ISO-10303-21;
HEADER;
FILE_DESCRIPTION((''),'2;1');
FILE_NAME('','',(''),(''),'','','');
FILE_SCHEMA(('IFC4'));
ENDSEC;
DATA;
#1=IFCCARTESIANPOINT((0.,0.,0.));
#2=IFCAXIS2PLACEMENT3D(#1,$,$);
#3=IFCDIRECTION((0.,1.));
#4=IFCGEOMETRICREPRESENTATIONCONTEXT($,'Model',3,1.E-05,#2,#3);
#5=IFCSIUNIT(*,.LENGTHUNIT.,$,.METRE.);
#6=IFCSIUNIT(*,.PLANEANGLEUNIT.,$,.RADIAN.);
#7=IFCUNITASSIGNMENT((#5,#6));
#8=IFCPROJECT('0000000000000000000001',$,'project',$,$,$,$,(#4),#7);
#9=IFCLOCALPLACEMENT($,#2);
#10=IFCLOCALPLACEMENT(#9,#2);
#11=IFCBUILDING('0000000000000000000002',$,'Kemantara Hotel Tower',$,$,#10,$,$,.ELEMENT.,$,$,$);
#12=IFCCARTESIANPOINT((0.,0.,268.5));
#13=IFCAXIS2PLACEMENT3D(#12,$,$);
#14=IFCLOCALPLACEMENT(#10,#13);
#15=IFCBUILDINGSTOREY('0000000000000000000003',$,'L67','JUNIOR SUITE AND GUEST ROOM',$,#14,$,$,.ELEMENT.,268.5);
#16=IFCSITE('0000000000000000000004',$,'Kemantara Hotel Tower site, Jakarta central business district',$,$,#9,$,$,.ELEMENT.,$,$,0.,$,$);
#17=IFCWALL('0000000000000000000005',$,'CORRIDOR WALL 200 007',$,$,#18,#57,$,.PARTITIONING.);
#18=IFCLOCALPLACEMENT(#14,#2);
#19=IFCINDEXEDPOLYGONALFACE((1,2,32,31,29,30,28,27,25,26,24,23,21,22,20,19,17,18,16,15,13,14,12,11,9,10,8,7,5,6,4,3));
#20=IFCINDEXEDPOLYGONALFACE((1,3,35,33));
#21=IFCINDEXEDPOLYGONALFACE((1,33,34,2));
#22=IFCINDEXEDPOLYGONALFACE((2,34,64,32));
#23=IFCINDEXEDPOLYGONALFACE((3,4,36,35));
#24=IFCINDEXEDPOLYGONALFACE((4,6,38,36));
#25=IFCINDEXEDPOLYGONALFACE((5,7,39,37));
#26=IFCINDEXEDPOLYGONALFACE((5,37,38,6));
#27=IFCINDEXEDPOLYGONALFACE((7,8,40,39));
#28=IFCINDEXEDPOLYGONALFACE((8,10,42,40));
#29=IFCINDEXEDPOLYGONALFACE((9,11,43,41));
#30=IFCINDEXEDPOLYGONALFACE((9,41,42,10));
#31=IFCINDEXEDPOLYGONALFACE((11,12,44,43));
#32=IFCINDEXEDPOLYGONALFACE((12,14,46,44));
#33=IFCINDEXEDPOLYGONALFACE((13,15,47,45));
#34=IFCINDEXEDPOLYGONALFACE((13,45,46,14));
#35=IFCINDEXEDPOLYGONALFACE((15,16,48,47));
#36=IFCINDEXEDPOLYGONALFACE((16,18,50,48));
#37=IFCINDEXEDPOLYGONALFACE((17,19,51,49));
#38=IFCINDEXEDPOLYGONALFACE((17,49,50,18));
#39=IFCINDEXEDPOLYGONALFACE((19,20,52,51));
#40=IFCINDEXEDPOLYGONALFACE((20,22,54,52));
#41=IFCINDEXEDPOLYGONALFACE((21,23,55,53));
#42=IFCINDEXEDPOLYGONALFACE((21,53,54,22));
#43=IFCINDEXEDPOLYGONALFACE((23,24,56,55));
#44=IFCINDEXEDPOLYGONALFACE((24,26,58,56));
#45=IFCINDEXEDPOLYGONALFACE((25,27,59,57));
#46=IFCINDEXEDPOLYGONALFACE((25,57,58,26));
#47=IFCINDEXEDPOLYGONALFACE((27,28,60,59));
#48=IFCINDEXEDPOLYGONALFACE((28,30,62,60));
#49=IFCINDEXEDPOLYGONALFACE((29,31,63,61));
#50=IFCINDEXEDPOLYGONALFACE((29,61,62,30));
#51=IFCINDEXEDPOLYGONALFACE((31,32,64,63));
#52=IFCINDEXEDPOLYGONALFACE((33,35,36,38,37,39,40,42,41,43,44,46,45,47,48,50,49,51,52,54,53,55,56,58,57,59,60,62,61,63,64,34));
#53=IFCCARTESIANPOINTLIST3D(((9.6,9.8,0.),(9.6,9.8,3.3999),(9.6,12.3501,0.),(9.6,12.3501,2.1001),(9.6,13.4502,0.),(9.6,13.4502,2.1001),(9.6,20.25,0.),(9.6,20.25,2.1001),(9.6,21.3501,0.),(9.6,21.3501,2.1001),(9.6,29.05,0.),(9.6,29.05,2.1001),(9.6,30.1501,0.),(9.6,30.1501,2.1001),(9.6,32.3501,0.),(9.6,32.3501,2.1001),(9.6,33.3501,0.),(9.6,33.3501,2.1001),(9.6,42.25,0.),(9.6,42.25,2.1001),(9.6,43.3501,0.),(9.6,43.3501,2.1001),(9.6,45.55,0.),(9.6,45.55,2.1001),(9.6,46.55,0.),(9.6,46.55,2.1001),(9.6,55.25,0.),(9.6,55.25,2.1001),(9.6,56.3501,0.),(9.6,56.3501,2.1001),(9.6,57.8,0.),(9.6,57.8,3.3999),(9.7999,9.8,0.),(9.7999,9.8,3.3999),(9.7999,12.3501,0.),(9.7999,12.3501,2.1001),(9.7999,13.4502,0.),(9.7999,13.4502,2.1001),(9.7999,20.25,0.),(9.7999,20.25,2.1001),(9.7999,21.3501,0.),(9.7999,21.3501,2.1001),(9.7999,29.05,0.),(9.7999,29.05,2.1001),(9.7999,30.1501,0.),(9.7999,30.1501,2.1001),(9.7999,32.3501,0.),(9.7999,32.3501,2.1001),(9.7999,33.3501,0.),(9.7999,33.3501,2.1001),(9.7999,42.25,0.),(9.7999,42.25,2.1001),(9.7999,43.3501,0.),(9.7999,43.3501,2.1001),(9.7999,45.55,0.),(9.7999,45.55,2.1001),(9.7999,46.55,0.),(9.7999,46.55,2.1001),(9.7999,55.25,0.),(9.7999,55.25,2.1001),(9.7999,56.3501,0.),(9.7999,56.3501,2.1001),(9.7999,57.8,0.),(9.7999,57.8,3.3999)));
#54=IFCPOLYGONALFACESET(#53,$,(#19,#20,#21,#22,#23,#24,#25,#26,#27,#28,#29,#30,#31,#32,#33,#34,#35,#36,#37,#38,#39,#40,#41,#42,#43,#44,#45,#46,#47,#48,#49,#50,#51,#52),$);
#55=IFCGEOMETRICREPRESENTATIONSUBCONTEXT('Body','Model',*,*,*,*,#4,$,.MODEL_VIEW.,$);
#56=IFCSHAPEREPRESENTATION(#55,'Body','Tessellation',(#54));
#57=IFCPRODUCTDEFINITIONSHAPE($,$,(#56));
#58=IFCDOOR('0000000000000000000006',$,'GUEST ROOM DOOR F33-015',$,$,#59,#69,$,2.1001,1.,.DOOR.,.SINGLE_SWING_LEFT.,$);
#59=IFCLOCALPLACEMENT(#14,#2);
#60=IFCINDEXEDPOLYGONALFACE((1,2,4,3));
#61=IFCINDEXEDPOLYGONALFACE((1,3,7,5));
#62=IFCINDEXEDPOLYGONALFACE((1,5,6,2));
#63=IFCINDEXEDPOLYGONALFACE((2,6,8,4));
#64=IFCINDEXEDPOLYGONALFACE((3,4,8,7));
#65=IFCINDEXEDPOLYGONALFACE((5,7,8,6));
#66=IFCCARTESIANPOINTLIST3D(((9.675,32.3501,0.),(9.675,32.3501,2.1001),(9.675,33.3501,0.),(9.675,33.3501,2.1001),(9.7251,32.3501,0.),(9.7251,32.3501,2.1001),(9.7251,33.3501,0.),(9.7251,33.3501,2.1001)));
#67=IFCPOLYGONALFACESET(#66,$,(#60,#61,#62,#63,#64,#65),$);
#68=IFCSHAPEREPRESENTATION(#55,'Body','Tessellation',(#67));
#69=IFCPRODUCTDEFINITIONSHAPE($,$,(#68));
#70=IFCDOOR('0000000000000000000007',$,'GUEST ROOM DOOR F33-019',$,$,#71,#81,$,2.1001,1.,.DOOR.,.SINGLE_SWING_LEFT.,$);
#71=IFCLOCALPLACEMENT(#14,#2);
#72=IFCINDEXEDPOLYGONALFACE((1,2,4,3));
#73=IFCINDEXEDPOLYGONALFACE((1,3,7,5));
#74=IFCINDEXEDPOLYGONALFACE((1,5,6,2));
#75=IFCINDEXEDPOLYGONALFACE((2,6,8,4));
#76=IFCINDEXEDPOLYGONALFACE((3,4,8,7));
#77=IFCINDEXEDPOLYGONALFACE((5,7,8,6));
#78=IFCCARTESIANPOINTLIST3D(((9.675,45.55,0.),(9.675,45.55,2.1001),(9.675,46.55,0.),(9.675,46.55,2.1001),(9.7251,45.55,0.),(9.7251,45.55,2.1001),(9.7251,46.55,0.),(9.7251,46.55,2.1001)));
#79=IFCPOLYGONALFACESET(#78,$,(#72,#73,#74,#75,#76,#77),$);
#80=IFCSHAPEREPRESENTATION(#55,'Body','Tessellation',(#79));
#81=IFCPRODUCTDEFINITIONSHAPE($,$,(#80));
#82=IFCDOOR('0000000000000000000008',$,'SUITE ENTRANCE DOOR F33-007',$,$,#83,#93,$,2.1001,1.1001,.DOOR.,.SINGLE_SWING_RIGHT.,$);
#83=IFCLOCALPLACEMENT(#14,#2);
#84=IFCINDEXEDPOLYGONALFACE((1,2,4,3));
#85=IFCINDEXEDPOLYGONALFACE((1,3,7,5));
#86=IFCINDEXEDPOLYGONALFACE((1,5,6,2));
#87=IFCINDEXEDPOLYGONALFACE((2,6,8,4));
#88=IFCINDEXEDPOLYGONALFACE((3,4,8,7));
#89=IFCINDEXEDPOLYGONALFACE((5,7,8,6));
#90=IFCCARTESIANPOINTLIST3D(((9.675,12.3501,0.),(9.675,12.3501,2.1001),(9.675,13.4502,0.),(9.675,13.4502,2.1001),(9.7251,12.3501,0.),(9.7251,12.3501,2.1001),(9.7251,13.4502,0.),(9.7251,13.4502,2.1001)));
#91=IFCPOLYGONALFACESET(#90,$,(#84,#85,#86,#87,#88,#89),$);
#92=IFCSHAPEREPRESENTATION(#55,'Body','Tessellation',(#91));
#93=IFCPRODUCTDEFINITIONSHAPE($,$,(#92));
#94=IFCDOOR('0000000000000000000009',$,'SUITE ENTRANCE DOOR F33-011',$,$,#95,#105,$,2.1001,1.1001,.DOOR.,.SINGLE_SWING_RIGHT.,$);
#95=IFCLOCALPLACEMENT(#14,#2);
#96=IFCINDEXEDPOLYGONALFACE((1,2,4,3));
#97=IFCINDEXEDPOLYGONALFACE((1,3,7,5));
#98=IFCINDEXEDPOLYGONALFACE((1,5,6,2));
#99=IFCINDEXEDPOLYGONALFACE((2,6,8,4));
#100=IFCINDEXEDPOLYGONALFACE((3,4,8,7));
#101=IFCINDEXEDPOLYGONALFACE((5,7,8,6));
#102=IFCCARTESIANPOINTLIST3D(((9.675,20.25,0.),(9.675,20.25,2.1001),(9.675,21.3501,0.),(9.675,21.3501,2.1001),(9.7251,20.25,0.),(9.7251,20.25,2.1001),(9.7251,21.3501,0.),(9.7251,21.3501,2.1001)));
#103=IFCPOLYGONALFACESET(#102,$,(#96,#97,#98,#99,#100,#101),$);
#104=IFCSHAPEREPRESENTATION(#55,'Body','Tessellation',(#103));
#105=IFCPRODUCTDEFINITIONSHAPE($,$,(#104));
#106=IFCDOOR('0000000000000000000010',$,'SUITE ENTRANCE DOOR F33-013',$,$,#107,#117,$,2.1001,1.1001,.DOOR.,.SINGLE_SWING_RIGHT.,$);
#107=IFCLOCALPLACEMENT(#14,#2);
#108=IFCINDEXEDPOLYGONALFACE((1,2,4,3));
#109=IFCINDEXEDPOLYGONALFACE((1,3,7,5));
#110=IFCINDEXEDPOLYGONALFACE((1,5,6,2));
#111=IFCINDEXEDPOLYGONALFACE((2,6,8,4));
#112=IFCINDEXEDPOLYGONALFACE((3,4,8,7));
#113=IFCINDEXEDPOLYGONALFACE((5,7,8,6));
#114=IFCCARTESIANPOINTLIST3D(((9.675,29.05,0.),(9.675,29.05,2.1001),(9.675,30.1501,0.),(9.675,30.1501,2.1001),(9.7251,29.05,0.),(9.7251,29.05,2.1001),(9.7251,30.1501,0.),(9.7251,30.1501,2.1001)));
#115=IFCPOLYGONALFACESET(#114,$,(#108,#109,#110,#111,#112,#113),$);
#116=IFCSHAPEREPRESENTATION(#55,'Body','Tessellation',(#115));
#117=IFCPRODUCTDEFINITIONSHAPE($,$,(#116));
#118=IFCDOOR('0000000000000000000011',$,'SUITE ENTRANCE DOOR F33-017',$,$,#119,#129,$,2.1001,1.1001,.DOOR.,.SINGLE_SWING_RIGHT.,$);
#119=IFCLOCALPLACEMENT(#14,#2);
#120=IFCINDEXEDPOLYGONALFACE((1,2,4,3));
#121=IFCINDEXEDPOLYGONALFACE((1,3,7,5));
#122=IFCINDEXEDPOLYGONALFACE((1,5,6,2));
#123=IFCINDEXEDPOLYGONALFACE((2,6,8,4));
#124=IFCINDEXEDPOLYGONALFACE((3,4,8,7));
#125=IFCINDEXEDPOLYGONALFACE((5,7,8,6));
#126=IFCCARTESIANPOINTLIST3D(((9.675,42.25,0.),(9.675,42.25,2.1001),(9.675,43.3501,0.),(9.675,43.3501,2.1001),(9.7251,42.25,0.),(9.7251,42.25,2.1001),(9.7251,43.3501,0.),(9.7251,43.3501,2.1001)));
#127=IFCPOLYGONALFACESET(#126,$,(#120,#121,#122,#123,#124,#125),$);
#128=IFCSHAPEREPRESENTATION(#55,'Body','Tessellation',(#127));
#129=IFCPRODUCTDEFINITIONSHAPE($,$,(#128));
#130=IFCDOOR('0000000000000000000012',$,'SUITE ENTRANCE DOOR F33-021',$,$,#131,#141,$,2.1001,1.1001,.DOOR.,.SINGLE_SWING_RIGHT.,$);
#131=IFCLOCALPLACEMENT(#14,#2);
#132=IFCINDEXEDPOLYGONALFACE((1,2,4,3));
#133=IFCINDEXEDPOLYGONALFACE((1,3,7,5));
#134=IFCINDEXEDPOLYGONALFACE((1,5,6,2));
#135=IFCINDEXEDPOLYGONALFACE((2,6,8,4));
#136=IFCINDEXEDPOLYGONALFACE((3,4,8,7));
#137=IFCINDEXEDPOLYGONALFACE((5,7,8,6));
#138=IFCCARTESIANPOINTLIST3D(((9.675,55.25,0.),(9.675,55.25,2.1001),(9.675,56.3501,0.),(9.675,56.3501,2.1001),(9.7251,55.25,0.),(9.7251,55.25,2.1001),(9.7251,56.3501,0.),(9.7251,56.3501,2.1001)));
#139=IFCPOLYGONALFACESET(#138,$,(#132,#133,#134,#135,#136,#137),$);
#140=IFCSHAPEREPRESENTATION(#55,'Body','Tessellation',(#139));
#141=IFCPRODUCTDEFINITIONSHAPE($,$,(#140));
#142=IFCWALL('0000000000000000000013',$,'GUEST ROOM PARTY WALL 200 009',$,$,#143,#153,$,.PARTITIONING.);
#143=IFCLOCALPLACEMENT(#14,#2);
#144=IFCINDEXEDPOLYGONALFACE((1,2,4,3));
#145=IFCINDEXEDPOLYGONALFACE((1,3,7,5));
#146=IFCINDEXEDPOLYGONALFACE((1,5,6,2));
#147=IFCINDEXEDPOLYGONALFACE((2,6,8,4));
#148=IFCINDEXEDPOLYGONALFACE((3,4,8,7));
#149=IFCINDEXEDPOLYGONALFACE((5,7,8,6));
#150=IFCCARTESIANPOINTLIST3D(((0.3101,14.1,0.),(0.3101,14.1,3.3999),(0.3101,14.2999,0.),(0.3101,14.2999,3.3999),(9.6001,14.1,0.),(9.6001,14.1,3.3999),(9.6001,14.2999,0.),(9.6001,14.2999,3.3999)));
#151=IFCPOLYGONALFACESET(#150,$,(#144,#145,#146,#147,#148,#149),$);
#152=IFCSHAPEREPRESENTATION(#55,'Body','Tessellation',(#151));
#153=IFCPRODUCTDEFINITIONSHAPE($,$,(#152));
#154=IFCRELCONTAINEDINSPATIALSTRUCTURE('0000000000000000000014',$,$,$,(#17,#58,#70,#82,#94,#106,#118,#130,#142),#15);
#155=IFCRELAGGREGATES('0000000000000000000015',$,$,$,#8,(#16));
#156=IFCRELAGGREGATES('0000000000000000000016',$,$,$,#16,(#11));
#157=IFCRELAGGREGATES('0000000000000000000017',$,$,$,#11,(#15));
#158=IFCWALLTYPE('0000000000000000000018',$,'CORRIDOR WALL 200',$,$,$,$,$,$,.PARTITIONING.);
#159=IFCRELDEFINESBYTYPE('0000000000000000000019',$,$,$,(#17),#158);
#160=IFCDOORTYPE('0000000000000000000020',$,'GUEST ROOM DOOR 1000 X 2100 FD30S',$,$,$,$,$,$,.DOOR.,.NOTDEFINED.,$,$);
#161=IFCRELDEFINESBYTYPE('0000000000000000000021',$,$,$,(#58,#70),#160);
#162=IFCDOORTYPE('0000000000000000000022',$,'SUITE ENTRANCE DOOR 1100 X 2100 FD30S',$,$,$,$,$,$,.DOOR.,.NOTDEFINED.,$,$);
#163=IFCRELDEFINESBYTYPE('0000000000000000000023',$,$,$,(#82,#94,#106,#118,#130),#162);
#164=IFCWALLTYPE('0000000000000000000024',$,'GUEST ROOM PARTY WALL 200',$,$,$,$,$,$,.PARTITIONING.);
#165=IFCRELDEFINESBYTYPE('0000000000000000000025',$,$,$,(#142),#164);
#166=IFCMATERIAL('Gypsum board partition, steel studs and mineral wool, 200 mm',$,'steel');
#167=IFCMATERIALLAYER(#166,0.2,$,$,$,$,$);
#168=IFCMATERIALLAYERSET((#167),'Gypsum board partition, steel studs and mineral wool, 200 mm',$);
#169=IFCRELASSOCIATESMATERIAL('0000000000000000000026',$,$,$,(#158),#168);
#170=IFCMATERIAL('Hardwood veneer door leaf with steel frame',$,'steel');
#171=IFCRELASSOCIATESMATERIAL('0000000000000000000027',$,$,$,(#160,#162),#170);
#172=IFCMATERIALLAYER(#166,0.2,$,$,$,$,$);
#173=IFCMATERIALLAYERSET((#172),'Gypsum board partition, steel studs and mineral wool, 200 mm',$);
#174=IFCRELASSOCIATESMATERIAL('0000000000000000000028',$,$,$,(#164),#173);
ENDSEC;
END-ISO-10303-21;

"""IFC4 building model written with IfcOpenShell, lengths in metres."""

from ifc_helpers import new_model, si_unit, direction, frame, frame_2d, origin, place, context, subcontext, project, spatial, rectangle, extrude, material, layer, layer_set, type_object, element, fill, save


model = new_model("IFC4")

# Units and contexts
model_context = context("Model", 3, precision=1e-05, world=origin(), true_north=direction((0.0, 1.0)))
body_context = subcontext(model_context, "Body", "Model", "MODEL_VIEW")
ifc_project = project(units=[si_unit("LENGTHUNIT", "METRE"), si_unit("PLANEANGLEUNIT", "RADIAN")], contexts=[model_context])

# Site, building, storey
site_placement = place(None, origin())
site = spatial("IfcSite", under=ifc_project, at=site_placement, Name="Kemantara Hotel Tower site, Jakarta central business district", CompositionType="ELEMENT", RefElevation=0.0)
building_placement = place(site_placement, origin())
building = spatial("IfcBuilding", under=site, at=building_placement, Name="Kemantara Hotel Tower", CompositionType="ELEMENT")
storey_placement = place(building_placement, frame((0.0, 0.0, 268.5)))
storey = spatial("IfcBuildingStorey", under=building, at=storey_placement, Name="L67", Description="JUNIOR SUITE AND GUEST ROOM", CompositionType="ELEMENT", Elevation=268.5)

# Wall, openings, doors
ifc_material_1 = material(Name="Gypsum board partition, steel studs and mineral wool, 200 mm", Category="steel")
ifc_layer_1 = layer(ifc_material_1, 0.2)
ifc_layer_set_1 = layer_set([ifc_layer_1], Name="Gypsum board partition, steel studs and mineral wool, 200 mm")
wall_type_1 = type_object("IfcWallType", Name="CORRIDOR WALL 200", PredefinedType="PARTITIONING", material=ifc_layer_set_1)
wall_1_placement = place(storey_placement, frame((9.7, 9.8, 0.0), z_axis=(0.0, 0.0, 1.0), x_axis=(0.0, 1.0, 0.0)))
wall_1 = element("IfcWall", 1, at=wall_1_placement, inside=storey, type_object=wall_type_1, Name="CORRIDOR WALL 200 007", PredefinedType="PARTITIONING", context=body_context, shape_type="SweptSolid", body=[
    extrude(rectangle(XDim=48.0, YDim=0.2, at=frame_2d((24.0, 0.0))), origin(), (0.0, 0.0, 1.0), 3.3999),
])
opening_1_placement = place(wall_1_placement, frame((2.55, 0.0, 0.0)))
opening_1 = element("IfcOpeningElement", 2, at=opening_1_placement, cuts=wall_1, PredefinedType="OPENING", context=body_context, shape_type="SweptSolid", body=[
    extrude(rectangle(XDim=1.1001, YDim=2.1001, at=frame_2d((0.55, 1.05))), frame((0.0, 0.1099, 0.0), z_axis=(0.0, -1.0, 0.0), x_axis=(1.0, 0.0, 0.0)), (0.0, 0.0, 1.0), 0.22),
])
opening_2_placement = place(wall_1_placement, frame((10.45, 0.0, 0.0)))
opening_2 = element("IfcOpeningElement", 3, at=opening_2_placement, cuts=wall_1, PredefinedType="OPENING", context=body_context, shape_type="SweptSolid", body=[
    extrude(rectangle(XDim=1.1001, YDim=2.1001, at=frame_2d((0.55, 1.05))), frame((0.0, 0.1099, 0.0), z_axis=(0.0, -1.0, 0.0), x_axis=(1.0, 0.0, 0.0)), (0.0, 0.0, 1.0), 0.22),
])
opening_3_placement = place(wall_1_placement, frame((19.25, 0.0, 0.0)))
opening_3 = element("IfcOpeningElement", 4, at=opening_3_placement, cuts=wall_1, PredefinedType="OPENING", context=body_context, shape_type="SweptSolid", body=[
    extrude(rectangle(XDim=1.1001, YDim=2.1001, at=frame_2d((0.55, 1.05))), frame((0.0, 0.1099, 0.0), z_axis=(0.0, -1.0, 0.0), x_axis=(1.0, 0.0, 0.0)), (0.0, 0.0, 1.0), 0.22),
])
opening_4_placement = place(wall_1_placement, frame((22.55, 0.0, 0.0)))
opening_4 = element("IfcOpeningElement", 5, at=opening_4_placement, cuts=wall_1, PredefinedType="OPENING", context=body_context, shape_type="SweptSolid", body=[
    extrude(rectangle(XDim=1.0, YDim=2.1001, at=frame_2d((0.5, 1.05))), frame((0.0, 0.1099, 0.0), z_axis=(0.0, -1.0, 0.0), x_axis=(1.0, 0.0, 0.0)), (0.0, 0.0, 1.0), 0.22),
])
opening_5_placement = place(wall_1_placement, frame((32.45, 0.0, 0.0)))
opening_5 = element("IfcOpeningElement", 6, at=opening_5_placement, cuts=wall_1, PredefinedType="OPENING", context=body_context, shape_type="SweptSolid", body=[
    extrude(rectangle(XDim=1.1001, YDim=2.1001, at=frame_2d((0.55, 1.05))), frame((0.0, 0.1099, 0.0), z_axis=(0.0, -1.0, 0.0), x_axis=(1.0, 0.0, 0.0)), (0.0, 0.0, 1.0), 0.22),
])
opening_6_placement = place(wall_1_placement, frame((35.75, 0.0, 0.0)))
opening_6 = element("IfcOpeningElement", 7, at=opening_6_placement, cuts=wall_1, PredefinedType="OPENING", context=body_context, shape_type="SweptSolid", body=[
    extrude(rectangle(XDim=1.0, YDim=2.1001, at=frame_2d((0.5, 1.05))), frame((0.0, 0.1099, 0.0), z_axis=(0.0, -1.0, 0.0), x_axis=(1.0, 0.0, 0.0)), (0.0, 0.0, 1.0), 0.22),
])
opening_7_placement = place(wall_1_placement, frame((45.45, 0.0, 0.0)))
opening_7 = element("IfcOpeningElement", 8, at=opening_7_placement, cuts=wall_1, PredefinedType="OPENING", context=body_context, shape_type="SweptSolid", body=[
    extrude(rectangle(XDim=1.1001, YDim=2.1001, at=frame_2d((0.55, 1.05))), frame((0.0, 0.1099, 0.0), z_axis=(0.0, -1.0, 0.0), x_axis=(1.0, 0.0, 0.0)), (0.0, 0.0, 1.0), 0.22),
])
ifc_material_2 = material(Name="Hardwood veneer door leaf with steel frame", Category="steel")
door_type_1 = type_object("IfcDoorType", Name="GUEST ROOM DOOR 1000 X 2100 FD30S", OperationType="NOTDEFINED", PredefinedType="DOOR", material=ifc_material_2)
door_1_placement = place(opening_4_placement, origin())
door_1 = element("IfcDoor", 9, at=door_1_placement, inside=storey, type_object=door_type_1, Name="GUEST ROOM DOOR F33-015", OperationType="SINGLE_SWING_LEFT", OverallHeight=2.1001, OverallWidth=1.0, PredefinedType="DOOR", context=body_context, shape_type="SweptSolid", body=[
    extrude(rectangle(XDim=1.0, YDim=2.1001, at=frame_2d((0.5, 1.05))), frame((0.0, 0.0249, 0.0), z_axis=(0.0, -1.0, 0.0), x_axis=(1.0, 0.0, 0.0)), (0.0, 0.0, 1.0), 0.05),
])
fill(opening_4, door_1)
door_2_placement = place(opening_6_placement, origin())
door_2 = element("IfcDoor", 10, at=door_2_placement, inside=storey, type_object=door_type_1, Name="GUEST ROOM DOOR F33-019", OperationType="SINGLE_SWING_LEFT", OverallHeight=2.1001, OverallWidth=1.0, PredefinedType="DOOR", context=body_context, shape_type="SweptSolid", body=[
    extrude(rectangle(XDim=1.0, YDim=2.1001, at=frame_2d((0.5, 1.05))), frame((0.0, 0.0249, 0.0), z_axis=(0.0, -1.0, 0.0), x_axis=(1.0, 0.0, 0.0)), (0.0, 0.0, 1.0), 0.05),
])
fill(opening_6, door_2)
door_type_2 = type_object("IfcDoorType", Name="SUITE ENTRANCE DOOR 1100 X 2100 FD30S", OperationType="NOTDEFINED", PredefinedType="DOOR", material=ifc_material_2)
door_3_placement = place(opening_1_placement, origin())
door_3 = element("IfcDoor", 11, at=door_3_placement, inside=storey, type_object=door_type_2, Name="SUITE ENTRANCE DOOR F33-007", OperationType="SINGLE_SWING_RIGHT", OverallHeight=2.1001, OverallWidth=1.1001, PredefinedType="DOOR", context=body_context, shape_type="SweptSolid", body=[
    extrude(rectangle(XDim=1.1001, YDim=2.1001, at=frame_2d((0.55, 1.05))), frame((0.0, 0.0249, 0.0), z_axis=(0.0, -1.0, 0.0), x_axis=(1.0, 0.0, 0.0)), (0.0, 0.0, 1.0), 0.05),
])
fill(opening_1, door_3)
door_4_placement = place(opening_2_placement, origin())
door_4 = element("IfcDoor", 12, at=door_4_placement, inside=storey, type_object=door_type_2, Name="SUITE ENTRANCE DOOR F33-011", OperationType="SINGLE_SWING_RIGHT", OverallHeight=2.1001, OverallWidth=1.1001, PredefinedType="DOOR", context=body_context, shape_type="SweptSolid", body=[
    extrude(rectangle(XDim=1.1001, YDim=2.1001, at=frame_2d((0.55, 1.05))), frame((0.0, 0.0249, 0.0), z_axis=(0.0, -1.0, 0.0), x_axis=(1.0, 0.0, 0.0)), (0.0, 0.0, 1.0), 0.05),
])
fill(opening_2, door_4)
door_5_placement = place(opening_3_placement, origin())
door_5 = element("IfcDoor", 13, at=door_5_placement, inside=storey, type_object=door_type_2, Name="SUITE ENTRANCE DOOR F33-013", OperationType="SINGLE_SWING_RIGHT", OverallHeight=2.1001, OverallWidth=1.1001, PredefinedType="DOOR", context=body_context, shape_type="SweptSolid", body=[
    extrude(rectangle(XDim=1.1001, YDim=2.1001, at=frame_2d((0.55, 1.05))), frame((0.0, 0.0249, 0.0), z_axis=(0.0, -1.0, 0.0), x_axis=(1.0, 0.0, 0.0)), (0.0, 0.0, 1.0), 0.05),
])
fill(opening_3, door_5)
door_6_placement = place(opening_5_placement, origin())
door_6 = element("IfcDoor", 14, at=door_6_placement, inside=storey, type_object=door_type_2, Name="SUITE ENTRANCE DOOR F33-017", OperationType="SINGLE_SWING_RIGHT", OverallHeight=2.1001, OverallWidth=1.1001, PredefinedType="DOOR", context=body_context, shape_type="SweptSolid", body=[
    extrude(rectangle(XDim=1.1001, YDim=2.1001, at=frame_2d((0.55, 1.05))), frame((0.0, 0.0249, 0.0), z_axis=(0.0, -1.0, 0.0), x_axis=(1.0, 0.0, 0.0)), (0.0, 0.0, 1.0), 0.05),
])
fill(opening_5, door_6)
door_7_placement = place(opening_7_placement, origin())
door_7 = element("IfcDoor", 15, at=door_7_placement, inside=storey, type_object=door_type_2, Name="SUITE ENTRANCE DOOR F33-021", OperationType="SINGLE_SWING_RIGHT", OverallHeight=2.1001, OverallWidth=1.1001, PredefinedType="DOOR", context=body_context, shape_type="SweptSolid", body=[
    extrude(rectangle(XDim=1.1001, YDim=2.1001, at=frame_2d((0.55, 1.05))), frame((0.0, 0.0249, 0.0), z_axis=(0.0, -1.0, 0.0), x_axis=(1.0, 0.0, 0.0)), (0.0, 0.0, 1.0), 0.05),
])
fill(opening_7, door_7)

# Wall
ifc_layer_2 = layer(ifc_material_1, 0.2)
ifc_layer_set_2 = layer_set([ifc_layer_2], Name="Gypsum board partition, steel studs and mineral wool, 200 mm")
wall_type_2 = type_object("IfcWallType", Name="GUEST ROOM PARTY WALL 200", PredefinedType="PARTITIONING", material=ifc_layer_set_2)
wall_2_placement = place(storey_placement, frame((0.3101, 14.2, 0.0), z_axis=(0.0, 0.0, 1.0), x_axis=(1.0, 0.0, 0.0)))
element("IfcWall", 16, at=wall_2_placement, inside=storey, type_object=wall_type_2, Name="GUEST ROOM PARTY WALL 200 009", PredefinedType="PARTITIONING", context=body_context, shape_type="SweptSolid", body=[
    extrude(rectangle(XDim=9.29, YDim=0.2, at=frame_2d((4.645, 0.0))), origin(), (0.0, 0.0, 1.0), 3.3999),
])

save(model, "model.ifc")
